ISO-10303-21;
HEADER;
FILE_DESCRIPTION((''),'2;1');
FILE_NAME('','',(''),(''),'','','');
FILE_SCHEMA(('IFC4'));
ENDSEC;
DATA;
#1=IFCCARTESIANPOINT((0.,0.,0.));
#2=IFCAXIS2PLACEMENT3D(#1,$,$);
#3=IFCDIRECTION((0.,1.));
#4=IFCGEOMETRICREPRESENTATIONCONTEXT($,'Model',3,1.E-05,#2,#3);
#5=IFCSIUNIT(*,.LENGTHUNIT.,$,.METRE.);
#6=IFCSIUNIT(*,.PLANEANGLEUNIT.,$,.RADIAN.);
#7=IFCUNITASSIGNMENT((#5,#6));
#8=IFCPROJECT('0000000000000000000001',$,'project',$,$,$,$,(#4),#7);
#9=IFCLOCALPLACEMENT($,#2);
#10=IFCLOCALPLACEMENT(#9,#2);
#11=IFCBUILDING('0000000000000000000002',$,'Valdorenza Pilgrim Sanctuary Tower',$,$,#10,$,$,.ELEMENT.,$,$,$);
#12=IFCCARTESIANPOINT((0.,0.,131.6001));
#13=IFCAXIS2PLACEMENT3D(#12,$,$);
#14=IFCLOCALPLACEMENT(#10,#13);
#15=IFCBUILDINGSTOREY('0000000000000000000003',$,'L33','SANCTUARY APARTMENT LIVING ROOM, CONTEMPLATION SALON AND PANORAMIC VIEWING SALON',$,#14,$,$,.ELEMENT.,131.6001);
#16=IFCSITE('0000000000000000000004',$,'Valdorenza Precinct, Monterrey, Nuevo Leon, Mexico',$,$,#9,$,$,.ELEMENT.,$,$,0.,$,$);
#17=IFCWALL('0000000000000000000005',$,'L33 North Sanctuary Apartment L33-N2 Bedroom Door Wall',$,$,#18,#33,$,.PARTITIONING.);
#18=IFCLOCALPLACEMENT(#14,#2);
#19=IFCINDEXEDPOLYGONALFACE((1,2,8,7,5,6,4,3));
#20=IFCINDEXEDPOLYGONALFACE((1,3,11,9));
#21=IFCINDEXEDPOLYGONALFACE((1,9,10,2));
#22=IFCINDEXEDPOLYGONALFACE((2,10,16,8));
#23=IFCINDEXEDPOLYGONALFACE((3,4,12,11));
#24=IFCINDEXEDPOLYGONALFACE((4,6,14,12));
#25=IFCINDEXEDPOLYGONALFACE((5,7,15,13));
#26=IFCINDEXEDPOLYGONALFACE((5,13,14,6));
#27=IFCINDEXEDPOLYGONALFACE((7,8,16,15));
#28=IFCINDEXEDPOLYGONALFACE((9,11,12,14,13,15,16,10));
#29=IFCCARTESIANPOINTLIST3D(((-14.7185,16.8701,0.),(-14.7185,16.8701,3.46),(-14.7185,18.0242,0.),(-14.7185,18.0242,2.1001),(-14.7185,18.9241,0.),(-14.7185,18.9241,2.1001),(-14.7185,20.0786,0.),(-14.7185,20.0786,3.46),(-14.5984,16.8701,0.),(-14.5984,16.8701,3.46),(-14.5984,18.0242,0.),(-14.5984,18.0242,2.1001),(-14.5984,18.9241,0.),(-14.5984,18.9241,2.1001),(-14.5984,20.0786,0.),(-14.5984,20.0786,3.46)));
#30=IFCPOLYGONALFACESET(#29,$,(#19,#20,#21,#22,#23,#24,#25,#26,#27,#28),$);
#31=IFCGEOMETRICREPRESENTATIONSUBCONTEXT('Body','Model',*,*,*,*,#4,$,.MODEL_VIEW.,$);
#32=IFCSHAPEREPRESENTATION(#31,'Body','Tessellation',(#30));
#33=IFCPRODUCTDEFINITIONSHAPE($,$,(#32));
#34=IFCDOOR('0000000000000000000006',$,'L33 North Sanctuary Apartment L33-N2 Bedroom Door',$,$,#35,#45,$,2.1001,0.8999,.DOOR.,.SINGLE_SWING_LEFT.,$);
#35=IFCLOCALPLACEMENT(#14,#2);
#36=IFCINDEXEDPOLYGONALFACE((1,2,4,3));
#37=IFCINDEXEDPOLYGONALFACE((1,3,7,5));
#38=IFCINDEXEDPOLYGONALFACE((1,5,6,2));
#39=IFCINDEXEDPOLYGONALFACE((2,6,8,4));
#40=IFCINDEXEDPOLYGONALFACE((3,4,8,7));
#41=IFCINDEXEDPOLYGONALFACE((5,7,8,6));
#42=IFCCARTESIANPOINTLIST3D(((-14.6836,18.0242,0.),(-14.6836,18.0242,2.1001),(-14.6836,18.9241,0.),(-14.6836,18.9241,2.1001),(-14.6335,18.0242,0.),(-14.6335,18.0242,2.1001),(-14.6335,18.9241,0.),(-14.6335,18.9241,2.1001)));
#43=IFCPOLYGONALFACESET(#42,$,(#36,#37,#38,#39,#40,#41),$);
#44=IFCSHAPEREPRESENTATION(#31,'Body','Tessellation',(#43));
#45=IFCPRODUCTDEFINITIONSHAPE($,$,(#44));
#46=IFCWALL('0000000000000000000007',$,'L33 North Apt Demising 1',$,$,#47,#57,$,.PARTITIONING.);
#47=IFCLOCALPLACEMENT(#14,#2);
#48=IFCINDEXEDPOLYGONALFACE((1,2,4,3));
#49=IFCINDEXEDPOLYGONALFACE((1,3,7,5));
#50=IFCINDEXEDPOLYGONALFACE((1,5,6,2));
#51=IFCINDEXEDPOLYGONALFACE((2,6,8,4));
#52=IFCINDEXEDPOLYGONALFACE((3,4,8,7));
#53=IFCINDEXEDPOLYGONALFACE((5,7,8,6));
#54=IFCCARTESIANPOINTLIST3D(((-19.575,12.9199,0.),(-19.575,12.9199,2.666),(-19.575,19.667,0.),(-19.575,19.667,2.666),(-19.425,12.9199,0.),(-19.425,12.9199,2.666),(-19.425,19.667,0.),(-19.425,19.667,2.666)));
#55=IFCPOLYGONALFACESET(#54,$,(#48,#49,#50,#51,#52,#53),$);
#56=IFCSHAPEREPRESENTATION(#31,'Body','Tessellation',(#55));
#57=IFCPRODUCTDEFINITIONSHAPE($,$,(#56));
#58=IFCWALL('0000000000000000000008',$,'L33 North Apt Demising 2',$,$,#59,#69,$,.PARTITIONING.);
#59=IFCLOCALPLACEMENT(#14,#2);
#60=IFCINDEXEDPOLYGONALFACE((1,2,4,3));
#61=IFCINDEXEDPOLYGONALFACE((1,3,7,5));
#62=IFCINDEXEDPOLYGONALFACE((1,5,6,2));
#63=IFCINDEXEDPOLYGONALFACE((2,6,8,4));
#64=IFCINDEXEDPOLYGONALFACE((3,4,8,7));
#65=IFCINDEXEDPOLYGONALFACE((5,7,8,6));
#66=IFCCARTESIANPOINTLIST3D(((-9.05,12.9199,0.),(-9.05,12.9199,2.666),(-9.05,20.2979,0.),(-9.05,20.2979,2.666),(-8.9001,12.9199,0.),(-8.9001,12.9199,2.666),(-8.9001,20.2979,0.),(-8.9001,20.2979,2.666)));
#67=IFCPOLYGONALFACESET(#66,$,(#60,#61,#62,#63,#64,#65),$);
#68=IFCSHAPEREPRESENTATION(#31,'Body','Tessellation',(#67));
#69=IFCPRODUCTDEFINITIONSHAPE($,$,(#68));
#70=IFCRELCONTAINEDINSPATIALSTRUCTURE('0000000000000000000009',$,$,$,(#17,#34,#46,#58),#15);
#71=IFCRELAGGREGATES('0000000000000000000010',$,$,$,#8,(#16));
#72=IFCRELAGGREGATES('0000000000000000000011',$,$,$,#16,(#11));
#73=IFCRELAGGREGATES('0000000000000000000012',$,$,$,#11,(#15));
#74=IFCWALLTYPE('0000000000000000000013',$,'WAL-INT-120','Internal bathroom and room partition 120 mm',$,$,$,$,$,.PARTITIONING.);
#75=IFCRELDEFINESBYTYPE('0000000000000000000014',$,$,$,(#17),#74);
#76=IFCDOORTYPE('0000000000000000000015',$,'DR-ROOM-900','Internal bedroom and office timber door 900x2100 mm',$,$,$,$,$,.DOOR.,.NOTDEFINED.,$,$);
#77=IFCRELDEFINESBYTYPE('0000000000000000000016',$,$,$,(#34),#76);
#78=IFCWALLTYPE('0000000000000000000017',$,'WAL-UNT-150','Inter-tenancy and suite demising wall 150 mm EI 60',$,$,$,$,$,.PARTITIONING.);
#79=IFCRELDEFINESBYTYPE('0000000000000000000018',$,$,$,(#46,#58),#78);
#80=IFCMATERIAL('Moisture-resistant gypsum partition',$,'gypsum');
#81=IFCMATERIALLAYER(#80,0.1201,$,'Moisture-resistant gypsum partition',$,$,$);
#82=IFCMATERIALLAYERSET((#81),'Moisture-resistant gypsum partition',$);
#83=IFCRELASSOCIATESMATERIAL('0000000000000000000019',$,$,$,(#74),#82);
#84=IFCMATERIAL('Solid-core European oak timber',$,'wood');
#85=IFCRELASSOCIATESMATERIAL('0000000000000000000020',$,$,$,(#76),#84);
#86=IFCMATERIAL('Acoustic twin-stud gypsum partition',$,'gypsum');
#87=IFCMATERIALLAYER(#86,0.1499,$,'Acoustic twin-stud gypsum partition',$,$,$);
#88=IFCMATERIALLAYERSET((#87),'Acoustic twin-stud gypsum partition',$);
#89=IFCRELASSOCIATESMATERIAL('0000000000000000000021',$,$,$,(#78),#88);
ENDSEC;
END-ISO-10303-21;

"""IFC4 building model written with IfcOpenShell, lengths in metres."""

from ifc_helpers import new_model, si_unit, direction, frame, frame_2d, origin, place, context, subcontext, project, spatial, rectangle, extrude, material, layer, layer_set, type_object, element, fill, save


model = new_model("IFC4")

# Units and contexts
model_context = context("Model", 3, precision=1e-05, world=origin(), true_north=direction((0.0, 1.0)))
body_context = subcontext(model_context, "Body", "Model", "MODEL_VIEW")
ifc_project = project(units=[si_unit("LENGTHUNIT", "METRE"), si_unit("PLANEANGLEUNIT", "RADIAN")], contexts=[model_context])

# Site, building, storey
site_placement = place(None, origin())
site = spatial("IfcSite", under=ifc_project, at=site_placement, Name="Valdorenza Precinct, Monterrey, Nuevo Leon, Mexico", CompositionType="ELEMENT", RefElevation=0.0)
building_placement = place(site_placement, origin())
building = spatial("IfcBuilding", under=site, at=building_placement, Name="Valdorenza Pilgrim Sanctuary Tower", CompositionType="ELEMENT")
storey_placement = place(building_placement, frame((0.0, 0.0, 131.6001)))
storey = spatial("IfcBuildingStorey", under=building, at=storey_placement, Name="L33", Description="SANCTUARY APARTMENT LIVING ROOM, CONTEMPLATION SALON AND PANORAMIC VIEWING SALON", CompositionType="ELEMENT", Elevation=131.6001)

# Shared definitions
ifc_material_1 = material(Name="Acoustic twin-stud gypsum partition", Category="gypsum")
ifc_material_2 = material(Name="Moisture-resistant gypsum partition", Category="gypsum")
ifc_layer_1 = layer(ifc_material_2, 0.1201, Name="Moisture-resistant gypsum partition")
ifc_layer_set_1 = layer_set([ifc_layer_1], Name="Moisture-resistant gypsum partition")
wall_type_1 = type_object("IfcWallType", Name="WAL-INT-120", Description="Internal bathroom and room partition 120 mm", PredefinedType="PARTITIONING", material=ifc_layer_set_1)

# Wall, opening, door
ifc_material_3 = material(Name="Solid-core European oak timber", Category="wood")
door_type_1 = type_object("IfcDoorType", Name="DR-ROOM-900", Description="Internal bedroom and office timber door 900x2100 mm", OperationType="NOTDEFINED", PredefinedType="DOOR", material=ifc_material_3)
wall_1_placement = place(storey_placement, frame((-14.6584, 16.8701, 0.0), z_axis=(0.0, 0.0, 1.0), x_axis=(0.0, 1.0, 0.0)))
wall_1 = element("IfcWall", 1, at=wall_1_placement, inside=storey, type_object=wall_type_1, Name="L33 North Sanctuary Apartment L33-N2 Bedroom Door Wall", PredefinedType="PARTITIONING", context=body_context, shape_type="SweptSolid", body=[
    extrude(rectangle(XDim=3.2085, YDim=0.1201, at=frame_2d((1.6042, 0.0))), origin(), (0.0, 0.0, 1.0), 3.46),
])
opening_1_placement = place(wall_1_placement, frame((1.1541, 0.0, 0.0)))
opening_1 = element("IfcOpeningElement", 2, at=opening_1_placement, cuts=wall_1, PredefinedType="OPENING", context=body_context, shape_type="SweptSolid", body=[
    extrude(rectangle(XDim=0.8999, YDim=2.1001, at=frame_2d((0.45, 1.05))), frame((0.0, 0.075, 0.0), z_axis=(0.0, -1.0, 0.0), x_axis=(1.0, 0.0, 0.0)), (0.0, 0.0, 1.0), 0.1499),
])
door_1_placement = place(opening_1_placement, frame((0.8999, 0.0, 0.0), z_axis=(0.0, 0.0, 1.0), x_axis=(-1.0, 0.0, 0.0)))
door_1 = element("IfcDoor", 3, at=door_1_placement, inside=storey, type_object=door_type_1, Name="L33 North Sanctuary Apartment L33-N2 Bedroom Door", OperationType="SINGLE_SWING_LEFT", OverallHeight=2.1001, OverallWidth=0.8999, PredefinedType="DOOR", context=body_context, shape_type="SweptSolid", body=[
    extrude(rectangle(XDim=0.8999, YDim=2.1001, at=frame_2d((0.45, 1.05))), frame((0.0, 0.0249, 0.0), z_axis=(0.0, -1.0, 0.0), x_axis=(1.0, 0.0, 0.0)), (0.0, 0.0, 1.0), 0.05),
])
fill(opening_1, door_1)

# Walls
ifc_layer_2 = layer(ifc_material_1, 0.1499, Name="Acoustic twin-stud gypsum partition")
ifc_layer_set_2 = layer_set([ifc_layer_2], Name="Acoustic twin-stud gypsum partition")
wall_type_2 = type_object("IfcWallType", Name="WAL-UNT-150", Description="Inter-tenancy and suite demising wall 150 mm EI 60", PredefinedType="PARTITIONING", material=ifc_layer_set_2)
wall_2_placement = place(storey_placement, frame((-19.5, 12.9199, 0.0), z_axis=(0.0, 0.0, 1.0), x_axis=(0.0, 1.0, 0.0)))
element("IfcWall", 4, at=wall_2_placement, inside=storey, type_object=wall_type_2, Name="L33 North Apt Demising 1", PredefinedType="PARTITIONING", context=body_context, shape_type="SweptSolid", body=[
    extrude(rectangle(XDim=6.7471, YDim=0.1499, at=frame_2d((3.3735, 0.0))), origin(), (0.0, 0.0, 1.0), 2.666),
])
wall_3_placement = place(storey_placement, frame((-8.9751, 12.9199, 0.0), z_axis=(0.0, 0.0, 1.0), x_axis=(0.0, 1.0, 0.0)))
element("IfcWall", 5, at=wall_3_placement, inside=storey, type_object=wall_type_2, Name="L33 North Apt Demising 2", PredefinedType="PARTITIONING", context=body_context, shape_type="SweptSolid", body=[
    extrude(rectangle(XDim=7.3779, YDim=0.1499, at=frame_2d((3.689, 0.0))), origin(), (0.0, 0.0, 1.0), 2.666),
])

save(model, "model.ifc")
